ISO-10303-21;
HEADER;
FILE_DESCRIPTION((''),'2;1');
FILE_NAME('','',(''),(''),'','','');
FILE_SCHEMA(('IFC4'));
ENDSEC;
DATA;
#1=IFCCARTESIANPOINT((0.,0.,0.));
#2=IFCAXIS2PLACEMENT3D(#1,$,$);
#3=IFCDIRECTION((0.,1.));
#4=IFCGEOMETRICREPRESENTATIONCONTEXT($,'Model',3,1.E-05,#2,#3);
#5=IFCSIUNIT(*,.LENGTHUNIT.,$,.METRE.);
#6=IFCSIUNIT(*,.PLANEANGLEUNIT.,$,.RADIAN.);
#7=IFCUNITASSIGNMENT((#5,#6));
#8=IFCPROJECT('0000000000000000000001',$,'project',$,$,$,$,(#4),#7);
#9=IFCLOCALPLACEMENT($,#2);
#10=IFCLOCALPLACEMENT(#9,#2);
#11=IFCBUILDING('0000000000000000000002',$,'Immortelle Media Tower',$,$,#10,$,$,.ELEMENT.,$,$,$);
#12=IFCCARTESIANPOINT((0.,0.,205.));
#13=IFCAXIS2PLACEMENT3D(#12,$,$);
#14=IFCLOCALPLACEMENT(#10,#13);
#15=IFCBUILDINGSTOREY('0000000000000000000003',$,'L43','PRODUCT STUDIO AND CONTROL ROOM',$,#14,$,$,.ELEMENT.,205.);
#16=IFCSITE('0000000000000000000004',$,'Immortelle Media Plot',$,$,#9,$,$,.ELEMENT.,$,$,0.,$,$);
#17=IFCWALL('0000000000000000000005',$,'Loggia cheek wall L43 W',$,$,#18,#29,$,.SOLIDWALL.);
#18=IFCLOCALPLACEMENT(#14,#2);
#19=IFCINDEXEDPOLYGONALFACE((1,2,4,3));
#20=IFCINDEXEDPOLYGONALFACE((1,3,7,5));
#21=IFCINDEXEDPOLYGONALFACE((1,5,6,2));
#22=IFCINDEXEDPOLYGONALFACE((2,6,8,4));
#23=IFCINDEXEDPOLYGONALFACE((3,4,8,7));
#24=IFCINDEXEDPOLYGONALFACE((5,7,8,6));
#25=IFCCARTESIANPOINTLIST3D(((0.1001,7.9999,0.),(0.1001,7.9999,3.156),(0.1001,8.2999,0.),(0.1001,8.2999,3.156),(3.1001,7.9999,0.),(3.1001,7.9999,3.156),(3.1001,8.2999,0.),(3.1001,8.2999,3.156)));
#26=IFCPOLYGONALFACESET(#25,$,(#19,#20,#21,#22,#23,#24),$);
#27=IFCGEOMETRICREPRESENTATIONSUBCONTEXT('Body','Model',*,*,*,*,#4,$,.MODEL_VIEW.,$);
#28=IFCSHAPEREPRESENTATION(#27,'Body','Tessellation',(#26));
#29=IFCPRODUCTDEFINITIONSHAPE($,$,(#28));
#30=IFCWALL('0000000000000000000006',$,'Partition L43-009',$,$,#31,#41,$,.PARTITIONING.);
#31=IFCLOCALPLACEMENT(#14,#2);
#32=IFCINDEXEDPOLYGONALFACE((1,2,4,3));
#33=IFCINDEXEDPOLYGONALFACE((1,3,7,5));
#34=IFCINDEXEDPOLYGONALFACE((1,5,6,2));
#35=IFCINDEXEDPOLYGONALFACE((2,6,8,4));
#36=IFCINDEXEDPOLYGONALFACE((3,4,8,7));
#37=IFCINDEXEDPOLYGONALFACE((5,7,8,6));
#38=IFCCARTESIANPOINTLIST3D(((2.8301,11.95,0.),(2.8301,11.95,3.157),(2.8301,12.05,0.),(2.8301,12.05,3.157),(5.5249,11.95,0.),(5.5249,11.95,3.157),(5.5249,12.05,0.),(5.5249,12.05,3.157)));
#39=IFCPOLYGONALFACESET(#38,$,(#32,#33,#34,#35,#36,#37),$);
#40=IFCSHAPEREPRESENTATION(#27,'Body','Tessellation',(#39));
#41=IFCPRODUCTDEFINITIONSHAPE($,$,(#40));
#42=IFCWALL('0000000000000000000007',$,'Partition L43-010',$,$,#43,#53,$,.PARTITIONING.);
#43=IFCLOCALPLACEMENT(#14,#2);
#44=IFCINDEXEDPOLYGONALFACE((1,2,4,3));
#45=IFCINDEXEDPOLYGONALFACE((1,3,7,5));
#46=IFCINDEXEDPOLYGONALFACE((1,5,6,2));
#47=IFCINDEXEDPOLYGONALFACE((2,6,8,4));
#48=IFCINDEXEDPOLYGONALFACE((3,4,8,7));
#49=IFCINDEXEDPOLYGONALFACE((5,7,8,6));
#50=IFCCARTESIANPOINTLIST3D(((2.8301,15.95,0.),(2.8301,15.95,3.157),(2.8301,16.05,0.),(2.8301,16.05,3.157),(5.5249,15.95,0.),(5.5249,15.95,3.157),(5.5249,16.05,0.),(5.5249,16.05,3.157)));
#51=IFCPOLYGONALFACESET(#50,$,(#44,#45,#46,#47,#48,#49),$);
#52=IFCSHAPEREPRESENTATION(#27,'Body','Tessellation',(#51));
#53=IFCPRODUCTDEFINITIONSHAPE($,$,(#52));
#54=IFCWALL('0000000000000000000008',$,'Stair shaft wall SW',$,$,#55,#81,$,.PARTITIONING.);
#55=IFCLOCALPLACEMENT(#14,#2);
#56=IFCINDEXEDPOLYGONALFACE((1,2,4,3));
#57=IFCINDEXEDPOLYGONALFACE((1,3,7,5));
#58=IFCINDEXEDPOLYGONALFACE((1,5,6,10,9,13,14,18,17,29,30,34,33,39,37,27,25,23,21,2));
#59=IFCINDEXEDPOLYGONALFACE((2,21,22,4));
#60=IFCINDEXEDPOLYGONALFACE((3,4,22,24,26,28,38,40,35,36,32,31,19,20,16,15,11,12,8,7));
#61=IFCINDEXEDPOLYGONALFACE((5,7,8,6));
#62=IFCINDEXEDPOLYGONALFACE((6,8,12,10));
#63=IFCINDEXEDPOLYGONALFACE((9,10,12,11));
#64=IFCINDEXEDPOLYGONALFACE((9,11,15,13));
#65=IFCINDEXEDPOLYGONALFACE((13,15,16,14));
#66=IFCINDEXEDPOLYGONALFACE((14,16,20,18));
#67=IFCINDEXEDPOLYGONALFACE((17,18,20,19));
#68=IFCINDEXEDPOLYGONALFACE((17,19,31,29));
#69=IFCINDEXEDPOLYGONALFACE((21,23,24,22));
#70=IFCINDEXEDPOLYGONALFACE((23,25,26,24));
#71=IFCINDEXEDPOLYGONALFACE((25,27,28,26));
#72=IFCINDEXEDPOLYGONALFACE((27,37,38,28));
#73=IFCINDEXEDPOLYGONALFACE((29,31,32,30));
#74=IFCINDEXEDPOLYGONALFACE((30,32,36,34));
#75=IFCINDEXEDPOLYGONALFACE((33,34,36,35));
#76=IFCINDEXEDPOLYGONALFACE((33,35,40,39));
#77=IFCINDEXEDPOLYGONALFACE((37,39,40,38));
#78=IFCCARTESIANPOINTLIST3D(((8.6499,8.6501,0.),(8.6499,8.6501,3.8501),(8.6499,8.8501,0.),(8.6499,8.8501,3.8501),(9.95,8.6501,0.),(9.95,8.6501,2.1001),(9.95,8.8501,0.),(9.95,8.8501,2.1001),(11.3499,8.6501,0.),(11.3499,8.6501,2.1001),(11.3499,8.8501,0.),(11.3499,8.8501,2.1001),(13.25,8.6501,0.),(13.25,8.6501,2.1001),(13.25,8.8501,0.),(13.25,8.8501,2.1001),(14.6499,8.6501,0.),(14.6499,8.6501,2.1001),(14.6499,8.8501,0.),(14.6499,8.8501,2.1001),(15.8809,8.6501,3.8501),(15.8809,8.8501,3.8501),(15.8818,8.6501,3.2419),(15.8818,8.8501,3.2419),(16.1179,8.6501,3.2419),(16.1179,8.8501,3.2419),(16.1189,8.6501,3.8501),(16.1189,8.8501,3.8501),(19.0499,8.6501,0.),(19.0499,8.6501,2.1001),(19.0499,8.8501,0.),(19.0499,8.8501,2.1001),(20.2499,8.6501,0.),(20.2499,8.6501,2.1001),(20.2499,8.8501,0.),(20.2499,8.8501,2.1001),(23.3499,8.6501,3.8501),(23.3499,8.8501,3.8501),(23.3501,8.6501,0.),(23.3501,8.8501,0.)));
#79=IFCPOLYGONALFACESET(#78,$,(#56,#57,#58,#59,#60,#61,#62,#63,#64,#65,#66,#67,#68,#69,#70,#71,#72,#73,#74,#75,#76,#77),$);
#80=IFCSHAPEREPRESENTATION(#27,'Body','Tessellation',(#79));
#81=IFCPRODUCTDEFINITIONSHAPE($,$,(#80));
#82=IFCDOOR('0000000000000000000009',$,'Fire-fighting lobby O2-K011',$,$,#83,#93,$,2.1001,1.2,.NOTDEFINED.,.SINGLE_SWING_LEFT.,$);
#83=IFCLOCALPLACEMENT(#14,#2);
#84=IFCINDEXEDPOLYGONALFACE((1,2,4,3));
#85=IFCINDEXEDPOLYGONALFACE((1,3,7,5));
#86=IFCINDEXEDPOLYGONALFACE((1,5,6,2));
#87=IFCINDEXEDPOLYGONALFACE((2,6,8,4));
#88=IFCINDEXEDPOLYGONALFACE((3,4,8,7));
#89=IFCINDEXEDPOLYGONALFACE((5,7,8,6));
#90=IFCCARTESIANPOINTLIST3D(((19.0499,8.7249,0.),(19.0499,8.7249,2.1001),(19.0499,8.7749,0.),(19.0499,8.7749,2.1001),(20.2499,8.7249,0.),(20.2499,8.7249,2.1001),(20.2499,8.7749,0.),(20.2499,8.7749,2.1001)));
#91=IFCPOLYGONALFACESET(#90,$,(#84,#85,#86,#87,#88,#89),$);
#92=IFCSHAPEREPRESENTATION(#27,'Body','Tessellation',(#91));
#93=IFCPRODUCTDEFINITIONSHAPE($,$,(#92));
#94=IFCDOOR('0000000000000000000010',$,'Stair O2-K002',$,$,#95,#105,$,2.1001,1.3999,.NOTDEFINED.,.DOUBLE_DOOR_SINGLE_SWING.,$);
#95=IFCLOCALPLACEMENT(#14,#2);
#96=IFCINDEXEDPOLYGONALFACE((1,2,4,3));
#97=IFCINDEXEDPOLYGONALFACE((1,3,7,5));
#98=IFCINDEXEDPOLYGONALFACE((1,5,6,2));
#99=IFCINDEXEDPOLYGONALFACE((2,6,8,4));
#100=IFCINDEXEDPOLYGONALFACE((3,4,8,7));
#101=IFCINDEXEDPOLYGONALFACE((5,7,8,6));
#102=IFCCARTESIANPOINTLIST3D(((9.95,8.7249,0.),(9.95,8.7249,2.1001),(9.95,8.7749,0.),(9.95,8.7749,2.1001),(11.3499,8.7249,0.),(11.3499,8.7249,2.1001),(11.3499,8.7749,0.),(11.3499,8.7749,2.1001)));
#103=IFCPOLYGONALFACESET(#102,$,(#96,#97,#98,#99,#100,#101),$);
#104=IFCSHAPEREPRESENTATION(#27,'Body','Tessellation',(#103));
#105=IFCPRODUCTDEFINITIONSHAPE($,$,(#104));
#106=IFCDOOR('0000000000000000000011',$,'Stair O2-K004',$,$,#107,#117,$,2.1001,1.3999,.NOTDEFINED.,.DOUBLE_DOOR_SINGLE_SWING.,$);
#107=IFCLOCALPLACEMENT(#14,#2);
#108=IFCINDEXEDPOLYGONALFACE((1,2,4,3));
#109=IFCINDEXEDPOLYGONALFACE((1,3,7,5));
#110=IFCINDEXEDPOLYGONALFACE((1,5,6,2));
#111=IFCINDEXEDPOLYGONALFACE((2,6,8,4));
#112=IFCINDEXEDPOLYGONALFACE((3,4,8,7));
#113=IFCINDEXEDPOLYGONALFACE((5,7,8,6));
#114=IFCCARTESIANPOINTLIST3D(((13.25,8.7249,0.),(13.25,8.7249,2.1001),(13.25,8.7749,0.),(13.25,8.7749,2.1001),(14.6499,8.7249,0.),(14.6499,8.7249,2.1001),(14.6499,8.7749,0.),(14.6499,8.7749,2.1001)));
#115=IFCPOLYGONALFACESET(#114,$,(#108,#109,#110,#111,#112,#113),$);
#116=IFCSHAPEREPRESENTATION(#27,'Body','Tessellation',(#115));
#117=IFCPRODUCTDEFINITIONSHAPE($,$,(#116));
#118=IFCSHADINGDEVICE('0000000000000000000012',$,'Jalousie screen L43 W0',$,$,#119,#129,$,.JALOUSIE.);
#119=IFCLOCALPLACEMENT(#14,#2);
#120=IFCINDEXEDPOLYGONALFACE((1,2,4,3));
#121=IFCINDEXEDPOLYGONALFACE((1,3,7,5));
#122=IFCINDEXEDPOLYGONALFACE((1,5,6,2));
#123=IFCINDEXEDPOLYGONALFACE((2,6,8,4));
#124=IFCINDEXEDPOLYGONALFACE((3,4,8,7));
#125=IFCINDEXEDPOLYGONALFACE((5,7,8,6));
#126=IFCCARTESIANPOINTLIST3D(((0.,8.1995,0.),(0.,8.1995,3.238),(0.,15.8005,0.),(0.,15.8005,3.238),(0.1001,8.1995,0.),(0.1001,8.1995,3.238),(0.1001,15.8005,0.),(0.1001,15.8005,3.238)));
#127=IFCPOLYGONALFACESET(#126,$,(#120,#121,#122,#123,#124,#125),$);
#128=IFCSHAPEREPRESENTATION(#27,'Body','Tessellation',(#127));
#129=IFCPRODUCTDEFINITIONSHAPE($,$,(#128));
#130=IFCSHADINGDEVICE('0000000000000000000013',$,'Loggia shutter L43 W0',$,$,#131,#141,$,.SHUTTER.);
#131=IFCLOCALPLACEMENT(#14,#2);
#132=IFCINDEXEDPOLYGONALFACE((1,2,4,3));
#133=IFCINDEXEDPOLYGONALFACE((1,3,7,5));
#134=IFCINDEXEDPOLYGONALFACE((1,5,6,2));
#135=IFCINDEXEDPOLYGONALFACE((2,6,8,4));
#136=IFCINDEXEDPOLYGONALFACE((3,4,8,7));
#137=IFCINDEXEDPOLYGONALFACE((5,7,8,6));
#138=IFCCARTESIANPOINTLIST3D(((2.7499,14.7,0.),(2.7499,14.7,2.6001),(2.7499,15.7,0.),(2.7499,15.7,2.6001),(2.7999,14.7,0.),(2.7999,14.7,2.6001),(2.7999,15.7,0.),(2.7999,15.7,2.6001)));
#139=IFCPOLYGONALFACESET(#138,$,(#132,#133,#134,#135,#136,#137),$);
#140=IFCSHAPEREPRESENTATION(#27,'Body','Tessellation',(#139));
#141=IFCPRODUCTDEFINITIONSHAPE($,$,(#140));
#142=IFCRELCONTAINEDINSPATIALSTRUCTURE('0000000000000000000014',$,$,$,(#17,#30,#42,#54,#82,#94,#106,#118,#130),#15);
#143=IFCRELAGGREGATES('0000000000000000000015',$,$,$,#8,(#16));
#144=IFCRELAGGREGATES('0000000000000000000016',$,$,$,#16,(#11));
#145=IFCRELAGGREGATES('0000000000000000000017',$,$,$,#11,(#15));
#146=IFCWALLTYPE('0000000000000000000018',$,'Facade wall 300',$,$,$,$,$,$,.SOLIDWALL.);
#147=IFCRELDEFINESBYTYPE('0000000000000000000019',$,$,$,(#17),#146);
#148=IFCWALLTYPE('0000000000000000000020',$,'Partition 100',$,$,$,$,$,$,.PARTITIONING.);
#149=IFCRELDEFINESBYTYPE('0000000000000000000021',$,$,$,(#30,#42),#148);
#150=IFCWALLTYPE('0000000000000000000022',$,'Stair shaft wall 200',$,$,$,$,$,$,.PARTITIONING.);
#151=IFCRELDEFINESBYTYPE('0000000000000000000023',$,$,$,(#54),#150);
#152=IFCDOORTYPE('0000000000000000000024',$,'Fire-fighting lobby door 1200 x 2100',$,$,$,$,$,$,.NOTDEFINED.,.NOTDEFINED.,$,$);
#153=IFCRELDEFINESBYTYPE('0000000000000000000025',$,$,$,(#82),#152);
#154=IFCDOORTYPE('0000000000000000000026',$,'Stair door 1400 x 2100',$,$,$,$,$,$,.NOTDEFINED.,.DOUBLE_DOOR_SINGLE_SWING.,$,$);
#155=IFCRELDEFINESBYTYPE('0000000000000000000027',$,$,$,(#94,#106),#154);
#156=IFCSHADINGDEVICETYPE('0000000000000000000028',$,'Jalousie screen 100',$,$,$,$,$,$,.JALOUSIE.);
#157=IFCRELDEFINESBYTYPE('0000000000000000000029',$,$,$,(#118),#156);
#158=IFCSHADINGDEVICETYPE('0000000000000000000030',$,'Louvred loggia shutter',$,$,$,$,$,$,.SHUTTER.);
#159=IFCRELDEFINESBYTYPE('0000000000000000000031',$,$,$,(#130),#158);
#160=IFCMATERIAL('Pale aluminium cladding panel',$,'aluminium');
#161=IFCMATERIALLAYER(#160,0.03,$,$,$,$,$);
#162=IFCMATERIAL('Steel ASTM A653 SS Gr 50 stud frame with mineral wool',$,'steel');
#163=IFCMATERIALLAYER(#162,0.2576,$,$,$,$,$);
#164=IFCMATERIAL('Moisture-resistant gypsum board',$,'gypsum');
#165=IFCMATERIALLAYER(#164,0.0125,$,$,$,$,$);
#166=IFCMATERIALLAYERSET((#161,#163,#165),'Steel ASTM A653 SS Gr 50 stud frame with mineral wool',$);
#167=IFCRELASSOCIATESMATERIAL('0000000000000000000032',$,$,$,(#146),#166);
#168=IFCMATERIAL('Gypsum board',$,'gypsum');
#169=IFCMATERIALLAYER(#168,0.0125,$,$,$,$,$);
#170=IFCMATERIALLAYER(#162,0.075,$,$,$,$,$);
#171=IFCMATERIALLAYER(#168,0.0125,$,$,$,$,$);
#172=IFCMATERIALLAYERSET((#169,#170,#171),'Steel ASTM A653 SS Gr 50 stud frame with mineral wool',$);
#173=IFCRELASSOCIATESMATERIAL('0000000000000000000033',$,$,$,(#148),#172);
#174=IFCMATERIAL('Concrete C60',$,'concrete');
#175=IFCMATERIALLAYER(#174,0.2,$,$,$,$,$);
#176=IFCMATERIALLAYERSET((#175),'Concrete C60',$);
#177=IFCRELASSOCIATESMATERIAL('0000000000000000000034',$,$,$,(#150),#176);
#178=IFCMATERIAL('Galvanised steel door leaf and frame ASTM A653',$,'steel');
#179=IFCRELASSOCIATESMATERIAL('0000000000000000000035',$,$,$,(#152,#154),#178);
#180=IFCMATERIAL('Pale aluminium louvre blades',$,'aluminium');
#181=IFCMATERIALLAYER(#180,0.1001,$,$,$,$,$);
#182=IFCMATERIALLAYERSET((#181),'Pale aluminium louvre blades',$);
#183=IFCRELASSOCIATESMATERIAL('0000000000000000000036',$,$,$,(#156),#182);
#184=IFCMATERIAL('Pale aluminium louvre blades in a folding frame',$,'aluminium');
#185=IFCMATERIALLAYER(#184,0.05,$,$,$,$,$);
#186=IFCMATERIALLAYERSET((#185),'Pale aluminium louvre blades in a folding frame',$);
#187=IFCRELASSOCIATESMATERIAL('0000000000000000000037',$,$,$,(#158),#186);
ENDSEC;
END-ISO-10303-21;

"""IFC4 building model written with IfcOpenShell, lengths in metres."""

from ifc_helpers import new_model, si_unit, direction, frame, frame_2d, origin, origin_2d, place, context, subcontext, project, spatial, polyline, rectangle, outline, extrude, material, layer, layer_set, type_object, element, fill, save


model = new_model("IFC4")

# Units and contexts
model_context = context("Model", 3, precision=1e-05, world=origin(), true_north=direction((0.0, 1.0)))
body_context = subcontext(model_context, "Body", "Model", "MODEL_VIEW")
ifc_project = project(units=[si_unit("LENGTHUNIT", "METRE"), si_unit("PLANEANGLEUNIT", "RADIAN")], contexts=[model_context])

# Site, building, storey
site_placement = place(None, origin())
site = spatial("IfcSite", under=ifc_project, at=site_placement, Name="Immortelle Media Plot", CompositionType="ELEMENT", RefElevation=0.0)
building_placement = place(site_placement, origin())
building = spatial("IfcBuilding", under=site, at=building_placement, Name="Immortelle Media Tower", CompositionType="ELEMENT")
storey_placement = place(building_placement, frame((0.0, 0.0, 205.0)))
storey = spatial("IfcBuildingStorey", under=building, at=storey_placement, Name="L43", Description="PRODUCT STUDIO AND CONTROL ROOM", CompositionType="ELEMENT", Elevation=205.0)

# Shared definitions
ifc_material_1 = material(Name="Pale aluminium cladding panel", Category="aluminium")
ifc_layer_1 = layer(ifc_material_1, 0.03)
ifc_material_2 = material(Name="Steel ASTM A653 SS Gr 50 stud frame with mineral wool", Category="steel")
ifc_layer_2 = layer(ifc_material_2, 0.2576)
ifc_material_3 = material(Name="Moisture-resistant gypsum board", Category="gypsum")
ifc_layer_3 = layer(ifc_material_3, 0.0125)
ifc_layer_set_1 = layer_set([ifc_layer_1, ifc_layer_2, ifc_layer_3], Name="Steel ASTM A653 SS Gr 50 stud frame with mineral wool")
wall_type_1 = type_object("IfcWallType", Name="Facade wall 300", PredefinedType="SOLIDWALL", material=ifc_layer_set_1)

# Walls
for number, where, z_axis, x_axis, name in (
    (1, (0.1001, 8.1499, 0.0), (0.0, 0.0, 1.0), (1.0, 0.0, 0.0), "Loggia cheek wall L43 W"),
):
    element("IfcWall", number, at=place(storey_placement, frame(where, z_axis=z_axis, x_axis=x_axis)), inside=storey, type_object=wall_type_1, Name=name, PredefinedType="SOLIDWALL", context=body_context, shape_type="SweptSolid", body=[
        extrude(rectangle(XDim=3.0, YDim=0.3, at=frame_2d((1.5, 0.0))), origin(), (0.0, 0.0, 1.0), 3.156),
    ])
ifc_material_4 = material(Name="Gypsum board", Category="gypsum")
ifc_layer_4 = layer(ifc_material_4, 0.0125)
ifc_layer_5 = layer(ifc_material_2, 0.075)
ifc_layer_6 = layer(ifc_material_4, 0.0125)
ifc_layer_set_2 = layer_set([ifc_layer_4, ifc_layer_5, ifc_layer_6], Name="Steel ASTM A653 SS Gr 50 stud frame with mineral wool")
wall_type_2 = type_object("IfcWallType", Name="Partition 100", PredefinedType="PARTITIONING", material=ifc_layer_set_2)
for number, where, z_axis, x_axis, name in (
    (2, (2.8301, 12.0, 0.0), (0.0, 0.0, 1.0), (1.0, 0.0, 0.0), "Partition L43-009"),
    (3, (2.8301, 16.0, 0.0), (0.0, 0.0, 1.0), (1.0, 0.0, 0.0), "Partition L43-010"),
):
    element("IfcWall", number, at=place(storey_placement, frame(where, z_axis=z_axis, x_axis=x_axis)), inside=storey, type_object=wall_type_2, Name=name, PredefinedType="PARTITIONING", context=body_context, shape_type="SweptSolid", body=[
        extrude(rectangle(XDim=2.6948, YDim=0.1001, at=frame_2d((1.3474, 0.0))), origin(), (0.0, 0.0, 1.0), 3.157),
    ])

# Wall, openings, doors
ifc_material_5 = material(Name="Concrete C60", Category="concrete")
ifc_layer_7 = layer(ifc_material_5, 0.2)
ifc_layer_set_3 = layer_set([ifc_layer_7], Name="Concrete C60")
wall_type_3 = type_object("IfcWallType", Name="Stair shaft wall 200", PredefinedType="PARTITIONING", material=ifc_layer_set_3)
wall_1_placement = place(storey_placement, frame((8.6499, 8.75, 0.0), z_axis=(0.0, 0.0, 1.0), x_axis=(1.0, 0.0, 0.0)))
wall_1 = element("IfcWall", 4, at=wall_1_placement, inside=storey, type_object=wall_type_3, Name="Stair shaft wall SW", PredefinedType="PARTITIONING", context=body_context, shape_type="SweptSolid", body=[
    extrude(outline(polyline([(0.0, 0.0), (14.7002, 0.0), (14.7, 3.8501), (7.469, 3.8501), (7.468, 3.2419), (7.2319, 3.2419), (7.231, 3.8501), (0.0, 3.8501), (0.0, 0.0)])), frame((0.0, 0.1001, 0.0), z_axis=(0.0, -1.0, 0.0), x_axis=(1.0, 0.0, 0.0)), (0.0, 0.0, 1.0), 0.2),
])
opening_1_placement = place(wall_1_placement, frame((1.3, 0.0, 0.0)))
opening_1 = element("IfcOpeningElement", 5, at=opening_1_placement, cuts=wall_1, PredefinedType="OPENING", context=body_context, shape_type="SweptSolid", body=[
    extrude(rectangle(XDim=1.3999, YDim=2.1001, at=frame_2d((0.7, 1.05))), frame((0.0, 0.1099, 0.0), z_axis=(0.0, -1.0, 0.0), x_axis=(1.0, 0.0, 0.0)), (0.0, 0.0, 1.0), 0.22),
])
opening_2_placement = place(wall_1_placement, frame((4.6001, 0.0, 0.0)))
opening_2 = element("IfcOpeningElement", 6, at=opening_2_placement, cuts=wall_1, PredefinedType="OPENING", context=body_context, shape_type="SweptSolid", body=[
    extrude(rectangle(XDim=1.3999, YDim=2.1001, at=frame_2d((0.7, 1.05))), frame((0.0, 0.1099, 0.0), z_axis=(0.0, -1.0, 0.0), x_axis=(1.0, 0.0, 0.0)), (0.0, 0.0, 1.0), 0.22),
])
opening_3_placement = place(wall_1_placement, frame((10.3999, 0.0, 0.0)))
opening_3 = element("IfcOpeningElement", 7, at=opening_3_placement, cuts=wall_1, PredefinedType="OPENING", context=body_context, shape_type="SweptSolid", body=[
    extrude(rectangle(XDim=1.2, YDim=2.1001, at=frame_2d((0.6001, 1.05))), frame((0.0, 0.1099, 0.0), z_axis=(0.0, -1.0, 0.0), x_axis=(1.0, 0.0, 0.0)), (0.0, 0.0, 1.0), 0.22),
])
ifc_material_6 = material(Name="Galvanised steel door leaf and frame ASTM A653", Category="steel")
door_type_1 = type_object("IfcDoorType", Name="Fire-fighting lobby door 1200 x 2100", OperationType="NOTDEFINED", PredefinedType="NOTDEFINED", material=ifc_material_6)
door_1_placement = place(opening_3_placement, origin())
door_1 = element("IfcDoor", 8, at=door_1_placement, inside=storey, type_object=door_type_1, Name="Fire-fighting lobby O2-K011", OperationType="SINGLE_SWING_LEFT", OverallHeight=2.1001, OverallWidth=1.2, PredefinedType="NOTDEFINED", context=body_context, shape_type="SweptSolid", body=[
    extrude(rectangle(XDim=1.2, YDim=2.1001, at=frame_2d((0.6001, 1.05))), frame((0.0, 0.0249, 0.0), z_axis=(0.0, -1.0, 0.0), x_axis=(1.0, 0.0, 0.0)), (0.0, 0.0, 1.0), 0.05),
])
fill(opening_3, door_1)
door_type_2 = type_object("IfcDoorType", Name="Stair door 1400 x 2100", OperationType="DOUBLE_DOOR_SINGLE_SWING", PredefinedType="NOTDEFINED", material=ifc_material_6)
door_2_placement = place(opening_1_placement, origin())
door_2 = element("IfcDoor", 9, at=door_2_placement, inside=storey, type_object=door_type_2, Name="Stair O2-K002", OperationType="DOUBLE_DOOR_SINGLE_SWING", OverallHeight=2.1001, OverallWidth=1.3999, PredefinedType="NOTDEFINED", context=body_context, shape_type="SweptSolid", body=[
    extrude(rectangle(XDim=1.3999, YDim=2.1001, at=frame_2d((0.7, 1.05))), frame((0.0, 0.0249, 0.0), z_axis=(0.0, -1.0, 0.0), x_axis=(1.0, 0.0, 0.0)), (0.0, 0.0, 1.0), 0.05),
])
fill(opening_1, door_2)
door_3_placement = place(opening_2_placement, origin())
door_3 = element("IfcDoor", 10, at=door_3_placement, inside=storey, type_object=door_type_2, Name="Stair O2-K004", OperationType="DOUBLE_DOOR_SINGLE_SWING", OverallHeight=2.1001, OverallWidth=1.3999, PredefinedType="NOTDEFINED", context=body_context, shape_type="SweptSolid", body=[
    extrude(rectangle(XDim=1.3999, YDim=2.1001, at=frame_2d((0.7, 1.05))), frame((0.0, 0.0249, 0.0), z_axis=(0.0, -1.0, 0.0), x_axis=(1.0, 0.0, 0.0)), (0.0, 0.0, 1.0), 0.05),
])
fill(opening_2, door_3)

# Shading devices
ifc_material_7 = material(Name="Pale aluminium louvre blades", Category="aluminium")
ifc_layer_8 = layer(ifc_material_7, 0.1001)
ifc_layer_set_4 = layer_set([ifc_layer_8], Name="Pale aluminium louvre blades")
shading_device_type_1 = type_object("IfcShadingDeviceType", Name="Jalousie screen 100", PredefinedType="JALOUSIE", material=ifc_layer_set_4)
shading_device_1_placement = place(storey_placement, frame((0.05, 12.0, 0.0), z_axis=(0.0, 0.0, 1.0), x_axis=(0.0, -1.0, 0.0)))
element("IfcShadingDevice", 11, at=shading_device_1_placement, inside=storey, type_object=shading_device_type_1, Name="Jalousie screen L43 W0", PredefinedType="JALOUSIE", context=body_context, shape_type="SweptSolid", body=[
    extrude(rectangle(XDim=7.6011, YDim=0.1001, at=origin_2d()), origin(), (0.0, 0.0, 1.0), 3.238),
])
ifc_material_8 = material(Name="Pale aluminium louvre blades in a folding frame", Category="aluminium")
ifc_layer_9 = layer(ifc_material_8, 0.05)
ifc_layer_set_5 = layer_set([ifc_layer_9], Name="Pale aluminium louvre blades in a folding frame")
shading_device_type_2 = type_object("IfcShadingDeviceType", Name="Louvred loggia shutter", PredefinedType="SHUTTER", material=ifc_layer_set_5)
shading_device_2_placement = place(storey_placement, frame((2.7749, 15.2, 0.0), z_axis=(0.0, 0.0, 1.0), x_axis=(0.0, -1.0, 0.0)))
element("IfcShadingDevice", 12, at=shading_device_2_placement, inside=storey, type_object=shading_device_type_2, Name="Loggia shutter L43 W0", PredefinedType="SHUTTER", context=body_context, shape_type="SweptSolid", body=[
    extrude(rectangle(XDim=1.0, YDim=0.05, at=origin_2d()), origin(), (0.0, 0.0, 1.0), 2.6001),
])

save(model, "model.ifc")
